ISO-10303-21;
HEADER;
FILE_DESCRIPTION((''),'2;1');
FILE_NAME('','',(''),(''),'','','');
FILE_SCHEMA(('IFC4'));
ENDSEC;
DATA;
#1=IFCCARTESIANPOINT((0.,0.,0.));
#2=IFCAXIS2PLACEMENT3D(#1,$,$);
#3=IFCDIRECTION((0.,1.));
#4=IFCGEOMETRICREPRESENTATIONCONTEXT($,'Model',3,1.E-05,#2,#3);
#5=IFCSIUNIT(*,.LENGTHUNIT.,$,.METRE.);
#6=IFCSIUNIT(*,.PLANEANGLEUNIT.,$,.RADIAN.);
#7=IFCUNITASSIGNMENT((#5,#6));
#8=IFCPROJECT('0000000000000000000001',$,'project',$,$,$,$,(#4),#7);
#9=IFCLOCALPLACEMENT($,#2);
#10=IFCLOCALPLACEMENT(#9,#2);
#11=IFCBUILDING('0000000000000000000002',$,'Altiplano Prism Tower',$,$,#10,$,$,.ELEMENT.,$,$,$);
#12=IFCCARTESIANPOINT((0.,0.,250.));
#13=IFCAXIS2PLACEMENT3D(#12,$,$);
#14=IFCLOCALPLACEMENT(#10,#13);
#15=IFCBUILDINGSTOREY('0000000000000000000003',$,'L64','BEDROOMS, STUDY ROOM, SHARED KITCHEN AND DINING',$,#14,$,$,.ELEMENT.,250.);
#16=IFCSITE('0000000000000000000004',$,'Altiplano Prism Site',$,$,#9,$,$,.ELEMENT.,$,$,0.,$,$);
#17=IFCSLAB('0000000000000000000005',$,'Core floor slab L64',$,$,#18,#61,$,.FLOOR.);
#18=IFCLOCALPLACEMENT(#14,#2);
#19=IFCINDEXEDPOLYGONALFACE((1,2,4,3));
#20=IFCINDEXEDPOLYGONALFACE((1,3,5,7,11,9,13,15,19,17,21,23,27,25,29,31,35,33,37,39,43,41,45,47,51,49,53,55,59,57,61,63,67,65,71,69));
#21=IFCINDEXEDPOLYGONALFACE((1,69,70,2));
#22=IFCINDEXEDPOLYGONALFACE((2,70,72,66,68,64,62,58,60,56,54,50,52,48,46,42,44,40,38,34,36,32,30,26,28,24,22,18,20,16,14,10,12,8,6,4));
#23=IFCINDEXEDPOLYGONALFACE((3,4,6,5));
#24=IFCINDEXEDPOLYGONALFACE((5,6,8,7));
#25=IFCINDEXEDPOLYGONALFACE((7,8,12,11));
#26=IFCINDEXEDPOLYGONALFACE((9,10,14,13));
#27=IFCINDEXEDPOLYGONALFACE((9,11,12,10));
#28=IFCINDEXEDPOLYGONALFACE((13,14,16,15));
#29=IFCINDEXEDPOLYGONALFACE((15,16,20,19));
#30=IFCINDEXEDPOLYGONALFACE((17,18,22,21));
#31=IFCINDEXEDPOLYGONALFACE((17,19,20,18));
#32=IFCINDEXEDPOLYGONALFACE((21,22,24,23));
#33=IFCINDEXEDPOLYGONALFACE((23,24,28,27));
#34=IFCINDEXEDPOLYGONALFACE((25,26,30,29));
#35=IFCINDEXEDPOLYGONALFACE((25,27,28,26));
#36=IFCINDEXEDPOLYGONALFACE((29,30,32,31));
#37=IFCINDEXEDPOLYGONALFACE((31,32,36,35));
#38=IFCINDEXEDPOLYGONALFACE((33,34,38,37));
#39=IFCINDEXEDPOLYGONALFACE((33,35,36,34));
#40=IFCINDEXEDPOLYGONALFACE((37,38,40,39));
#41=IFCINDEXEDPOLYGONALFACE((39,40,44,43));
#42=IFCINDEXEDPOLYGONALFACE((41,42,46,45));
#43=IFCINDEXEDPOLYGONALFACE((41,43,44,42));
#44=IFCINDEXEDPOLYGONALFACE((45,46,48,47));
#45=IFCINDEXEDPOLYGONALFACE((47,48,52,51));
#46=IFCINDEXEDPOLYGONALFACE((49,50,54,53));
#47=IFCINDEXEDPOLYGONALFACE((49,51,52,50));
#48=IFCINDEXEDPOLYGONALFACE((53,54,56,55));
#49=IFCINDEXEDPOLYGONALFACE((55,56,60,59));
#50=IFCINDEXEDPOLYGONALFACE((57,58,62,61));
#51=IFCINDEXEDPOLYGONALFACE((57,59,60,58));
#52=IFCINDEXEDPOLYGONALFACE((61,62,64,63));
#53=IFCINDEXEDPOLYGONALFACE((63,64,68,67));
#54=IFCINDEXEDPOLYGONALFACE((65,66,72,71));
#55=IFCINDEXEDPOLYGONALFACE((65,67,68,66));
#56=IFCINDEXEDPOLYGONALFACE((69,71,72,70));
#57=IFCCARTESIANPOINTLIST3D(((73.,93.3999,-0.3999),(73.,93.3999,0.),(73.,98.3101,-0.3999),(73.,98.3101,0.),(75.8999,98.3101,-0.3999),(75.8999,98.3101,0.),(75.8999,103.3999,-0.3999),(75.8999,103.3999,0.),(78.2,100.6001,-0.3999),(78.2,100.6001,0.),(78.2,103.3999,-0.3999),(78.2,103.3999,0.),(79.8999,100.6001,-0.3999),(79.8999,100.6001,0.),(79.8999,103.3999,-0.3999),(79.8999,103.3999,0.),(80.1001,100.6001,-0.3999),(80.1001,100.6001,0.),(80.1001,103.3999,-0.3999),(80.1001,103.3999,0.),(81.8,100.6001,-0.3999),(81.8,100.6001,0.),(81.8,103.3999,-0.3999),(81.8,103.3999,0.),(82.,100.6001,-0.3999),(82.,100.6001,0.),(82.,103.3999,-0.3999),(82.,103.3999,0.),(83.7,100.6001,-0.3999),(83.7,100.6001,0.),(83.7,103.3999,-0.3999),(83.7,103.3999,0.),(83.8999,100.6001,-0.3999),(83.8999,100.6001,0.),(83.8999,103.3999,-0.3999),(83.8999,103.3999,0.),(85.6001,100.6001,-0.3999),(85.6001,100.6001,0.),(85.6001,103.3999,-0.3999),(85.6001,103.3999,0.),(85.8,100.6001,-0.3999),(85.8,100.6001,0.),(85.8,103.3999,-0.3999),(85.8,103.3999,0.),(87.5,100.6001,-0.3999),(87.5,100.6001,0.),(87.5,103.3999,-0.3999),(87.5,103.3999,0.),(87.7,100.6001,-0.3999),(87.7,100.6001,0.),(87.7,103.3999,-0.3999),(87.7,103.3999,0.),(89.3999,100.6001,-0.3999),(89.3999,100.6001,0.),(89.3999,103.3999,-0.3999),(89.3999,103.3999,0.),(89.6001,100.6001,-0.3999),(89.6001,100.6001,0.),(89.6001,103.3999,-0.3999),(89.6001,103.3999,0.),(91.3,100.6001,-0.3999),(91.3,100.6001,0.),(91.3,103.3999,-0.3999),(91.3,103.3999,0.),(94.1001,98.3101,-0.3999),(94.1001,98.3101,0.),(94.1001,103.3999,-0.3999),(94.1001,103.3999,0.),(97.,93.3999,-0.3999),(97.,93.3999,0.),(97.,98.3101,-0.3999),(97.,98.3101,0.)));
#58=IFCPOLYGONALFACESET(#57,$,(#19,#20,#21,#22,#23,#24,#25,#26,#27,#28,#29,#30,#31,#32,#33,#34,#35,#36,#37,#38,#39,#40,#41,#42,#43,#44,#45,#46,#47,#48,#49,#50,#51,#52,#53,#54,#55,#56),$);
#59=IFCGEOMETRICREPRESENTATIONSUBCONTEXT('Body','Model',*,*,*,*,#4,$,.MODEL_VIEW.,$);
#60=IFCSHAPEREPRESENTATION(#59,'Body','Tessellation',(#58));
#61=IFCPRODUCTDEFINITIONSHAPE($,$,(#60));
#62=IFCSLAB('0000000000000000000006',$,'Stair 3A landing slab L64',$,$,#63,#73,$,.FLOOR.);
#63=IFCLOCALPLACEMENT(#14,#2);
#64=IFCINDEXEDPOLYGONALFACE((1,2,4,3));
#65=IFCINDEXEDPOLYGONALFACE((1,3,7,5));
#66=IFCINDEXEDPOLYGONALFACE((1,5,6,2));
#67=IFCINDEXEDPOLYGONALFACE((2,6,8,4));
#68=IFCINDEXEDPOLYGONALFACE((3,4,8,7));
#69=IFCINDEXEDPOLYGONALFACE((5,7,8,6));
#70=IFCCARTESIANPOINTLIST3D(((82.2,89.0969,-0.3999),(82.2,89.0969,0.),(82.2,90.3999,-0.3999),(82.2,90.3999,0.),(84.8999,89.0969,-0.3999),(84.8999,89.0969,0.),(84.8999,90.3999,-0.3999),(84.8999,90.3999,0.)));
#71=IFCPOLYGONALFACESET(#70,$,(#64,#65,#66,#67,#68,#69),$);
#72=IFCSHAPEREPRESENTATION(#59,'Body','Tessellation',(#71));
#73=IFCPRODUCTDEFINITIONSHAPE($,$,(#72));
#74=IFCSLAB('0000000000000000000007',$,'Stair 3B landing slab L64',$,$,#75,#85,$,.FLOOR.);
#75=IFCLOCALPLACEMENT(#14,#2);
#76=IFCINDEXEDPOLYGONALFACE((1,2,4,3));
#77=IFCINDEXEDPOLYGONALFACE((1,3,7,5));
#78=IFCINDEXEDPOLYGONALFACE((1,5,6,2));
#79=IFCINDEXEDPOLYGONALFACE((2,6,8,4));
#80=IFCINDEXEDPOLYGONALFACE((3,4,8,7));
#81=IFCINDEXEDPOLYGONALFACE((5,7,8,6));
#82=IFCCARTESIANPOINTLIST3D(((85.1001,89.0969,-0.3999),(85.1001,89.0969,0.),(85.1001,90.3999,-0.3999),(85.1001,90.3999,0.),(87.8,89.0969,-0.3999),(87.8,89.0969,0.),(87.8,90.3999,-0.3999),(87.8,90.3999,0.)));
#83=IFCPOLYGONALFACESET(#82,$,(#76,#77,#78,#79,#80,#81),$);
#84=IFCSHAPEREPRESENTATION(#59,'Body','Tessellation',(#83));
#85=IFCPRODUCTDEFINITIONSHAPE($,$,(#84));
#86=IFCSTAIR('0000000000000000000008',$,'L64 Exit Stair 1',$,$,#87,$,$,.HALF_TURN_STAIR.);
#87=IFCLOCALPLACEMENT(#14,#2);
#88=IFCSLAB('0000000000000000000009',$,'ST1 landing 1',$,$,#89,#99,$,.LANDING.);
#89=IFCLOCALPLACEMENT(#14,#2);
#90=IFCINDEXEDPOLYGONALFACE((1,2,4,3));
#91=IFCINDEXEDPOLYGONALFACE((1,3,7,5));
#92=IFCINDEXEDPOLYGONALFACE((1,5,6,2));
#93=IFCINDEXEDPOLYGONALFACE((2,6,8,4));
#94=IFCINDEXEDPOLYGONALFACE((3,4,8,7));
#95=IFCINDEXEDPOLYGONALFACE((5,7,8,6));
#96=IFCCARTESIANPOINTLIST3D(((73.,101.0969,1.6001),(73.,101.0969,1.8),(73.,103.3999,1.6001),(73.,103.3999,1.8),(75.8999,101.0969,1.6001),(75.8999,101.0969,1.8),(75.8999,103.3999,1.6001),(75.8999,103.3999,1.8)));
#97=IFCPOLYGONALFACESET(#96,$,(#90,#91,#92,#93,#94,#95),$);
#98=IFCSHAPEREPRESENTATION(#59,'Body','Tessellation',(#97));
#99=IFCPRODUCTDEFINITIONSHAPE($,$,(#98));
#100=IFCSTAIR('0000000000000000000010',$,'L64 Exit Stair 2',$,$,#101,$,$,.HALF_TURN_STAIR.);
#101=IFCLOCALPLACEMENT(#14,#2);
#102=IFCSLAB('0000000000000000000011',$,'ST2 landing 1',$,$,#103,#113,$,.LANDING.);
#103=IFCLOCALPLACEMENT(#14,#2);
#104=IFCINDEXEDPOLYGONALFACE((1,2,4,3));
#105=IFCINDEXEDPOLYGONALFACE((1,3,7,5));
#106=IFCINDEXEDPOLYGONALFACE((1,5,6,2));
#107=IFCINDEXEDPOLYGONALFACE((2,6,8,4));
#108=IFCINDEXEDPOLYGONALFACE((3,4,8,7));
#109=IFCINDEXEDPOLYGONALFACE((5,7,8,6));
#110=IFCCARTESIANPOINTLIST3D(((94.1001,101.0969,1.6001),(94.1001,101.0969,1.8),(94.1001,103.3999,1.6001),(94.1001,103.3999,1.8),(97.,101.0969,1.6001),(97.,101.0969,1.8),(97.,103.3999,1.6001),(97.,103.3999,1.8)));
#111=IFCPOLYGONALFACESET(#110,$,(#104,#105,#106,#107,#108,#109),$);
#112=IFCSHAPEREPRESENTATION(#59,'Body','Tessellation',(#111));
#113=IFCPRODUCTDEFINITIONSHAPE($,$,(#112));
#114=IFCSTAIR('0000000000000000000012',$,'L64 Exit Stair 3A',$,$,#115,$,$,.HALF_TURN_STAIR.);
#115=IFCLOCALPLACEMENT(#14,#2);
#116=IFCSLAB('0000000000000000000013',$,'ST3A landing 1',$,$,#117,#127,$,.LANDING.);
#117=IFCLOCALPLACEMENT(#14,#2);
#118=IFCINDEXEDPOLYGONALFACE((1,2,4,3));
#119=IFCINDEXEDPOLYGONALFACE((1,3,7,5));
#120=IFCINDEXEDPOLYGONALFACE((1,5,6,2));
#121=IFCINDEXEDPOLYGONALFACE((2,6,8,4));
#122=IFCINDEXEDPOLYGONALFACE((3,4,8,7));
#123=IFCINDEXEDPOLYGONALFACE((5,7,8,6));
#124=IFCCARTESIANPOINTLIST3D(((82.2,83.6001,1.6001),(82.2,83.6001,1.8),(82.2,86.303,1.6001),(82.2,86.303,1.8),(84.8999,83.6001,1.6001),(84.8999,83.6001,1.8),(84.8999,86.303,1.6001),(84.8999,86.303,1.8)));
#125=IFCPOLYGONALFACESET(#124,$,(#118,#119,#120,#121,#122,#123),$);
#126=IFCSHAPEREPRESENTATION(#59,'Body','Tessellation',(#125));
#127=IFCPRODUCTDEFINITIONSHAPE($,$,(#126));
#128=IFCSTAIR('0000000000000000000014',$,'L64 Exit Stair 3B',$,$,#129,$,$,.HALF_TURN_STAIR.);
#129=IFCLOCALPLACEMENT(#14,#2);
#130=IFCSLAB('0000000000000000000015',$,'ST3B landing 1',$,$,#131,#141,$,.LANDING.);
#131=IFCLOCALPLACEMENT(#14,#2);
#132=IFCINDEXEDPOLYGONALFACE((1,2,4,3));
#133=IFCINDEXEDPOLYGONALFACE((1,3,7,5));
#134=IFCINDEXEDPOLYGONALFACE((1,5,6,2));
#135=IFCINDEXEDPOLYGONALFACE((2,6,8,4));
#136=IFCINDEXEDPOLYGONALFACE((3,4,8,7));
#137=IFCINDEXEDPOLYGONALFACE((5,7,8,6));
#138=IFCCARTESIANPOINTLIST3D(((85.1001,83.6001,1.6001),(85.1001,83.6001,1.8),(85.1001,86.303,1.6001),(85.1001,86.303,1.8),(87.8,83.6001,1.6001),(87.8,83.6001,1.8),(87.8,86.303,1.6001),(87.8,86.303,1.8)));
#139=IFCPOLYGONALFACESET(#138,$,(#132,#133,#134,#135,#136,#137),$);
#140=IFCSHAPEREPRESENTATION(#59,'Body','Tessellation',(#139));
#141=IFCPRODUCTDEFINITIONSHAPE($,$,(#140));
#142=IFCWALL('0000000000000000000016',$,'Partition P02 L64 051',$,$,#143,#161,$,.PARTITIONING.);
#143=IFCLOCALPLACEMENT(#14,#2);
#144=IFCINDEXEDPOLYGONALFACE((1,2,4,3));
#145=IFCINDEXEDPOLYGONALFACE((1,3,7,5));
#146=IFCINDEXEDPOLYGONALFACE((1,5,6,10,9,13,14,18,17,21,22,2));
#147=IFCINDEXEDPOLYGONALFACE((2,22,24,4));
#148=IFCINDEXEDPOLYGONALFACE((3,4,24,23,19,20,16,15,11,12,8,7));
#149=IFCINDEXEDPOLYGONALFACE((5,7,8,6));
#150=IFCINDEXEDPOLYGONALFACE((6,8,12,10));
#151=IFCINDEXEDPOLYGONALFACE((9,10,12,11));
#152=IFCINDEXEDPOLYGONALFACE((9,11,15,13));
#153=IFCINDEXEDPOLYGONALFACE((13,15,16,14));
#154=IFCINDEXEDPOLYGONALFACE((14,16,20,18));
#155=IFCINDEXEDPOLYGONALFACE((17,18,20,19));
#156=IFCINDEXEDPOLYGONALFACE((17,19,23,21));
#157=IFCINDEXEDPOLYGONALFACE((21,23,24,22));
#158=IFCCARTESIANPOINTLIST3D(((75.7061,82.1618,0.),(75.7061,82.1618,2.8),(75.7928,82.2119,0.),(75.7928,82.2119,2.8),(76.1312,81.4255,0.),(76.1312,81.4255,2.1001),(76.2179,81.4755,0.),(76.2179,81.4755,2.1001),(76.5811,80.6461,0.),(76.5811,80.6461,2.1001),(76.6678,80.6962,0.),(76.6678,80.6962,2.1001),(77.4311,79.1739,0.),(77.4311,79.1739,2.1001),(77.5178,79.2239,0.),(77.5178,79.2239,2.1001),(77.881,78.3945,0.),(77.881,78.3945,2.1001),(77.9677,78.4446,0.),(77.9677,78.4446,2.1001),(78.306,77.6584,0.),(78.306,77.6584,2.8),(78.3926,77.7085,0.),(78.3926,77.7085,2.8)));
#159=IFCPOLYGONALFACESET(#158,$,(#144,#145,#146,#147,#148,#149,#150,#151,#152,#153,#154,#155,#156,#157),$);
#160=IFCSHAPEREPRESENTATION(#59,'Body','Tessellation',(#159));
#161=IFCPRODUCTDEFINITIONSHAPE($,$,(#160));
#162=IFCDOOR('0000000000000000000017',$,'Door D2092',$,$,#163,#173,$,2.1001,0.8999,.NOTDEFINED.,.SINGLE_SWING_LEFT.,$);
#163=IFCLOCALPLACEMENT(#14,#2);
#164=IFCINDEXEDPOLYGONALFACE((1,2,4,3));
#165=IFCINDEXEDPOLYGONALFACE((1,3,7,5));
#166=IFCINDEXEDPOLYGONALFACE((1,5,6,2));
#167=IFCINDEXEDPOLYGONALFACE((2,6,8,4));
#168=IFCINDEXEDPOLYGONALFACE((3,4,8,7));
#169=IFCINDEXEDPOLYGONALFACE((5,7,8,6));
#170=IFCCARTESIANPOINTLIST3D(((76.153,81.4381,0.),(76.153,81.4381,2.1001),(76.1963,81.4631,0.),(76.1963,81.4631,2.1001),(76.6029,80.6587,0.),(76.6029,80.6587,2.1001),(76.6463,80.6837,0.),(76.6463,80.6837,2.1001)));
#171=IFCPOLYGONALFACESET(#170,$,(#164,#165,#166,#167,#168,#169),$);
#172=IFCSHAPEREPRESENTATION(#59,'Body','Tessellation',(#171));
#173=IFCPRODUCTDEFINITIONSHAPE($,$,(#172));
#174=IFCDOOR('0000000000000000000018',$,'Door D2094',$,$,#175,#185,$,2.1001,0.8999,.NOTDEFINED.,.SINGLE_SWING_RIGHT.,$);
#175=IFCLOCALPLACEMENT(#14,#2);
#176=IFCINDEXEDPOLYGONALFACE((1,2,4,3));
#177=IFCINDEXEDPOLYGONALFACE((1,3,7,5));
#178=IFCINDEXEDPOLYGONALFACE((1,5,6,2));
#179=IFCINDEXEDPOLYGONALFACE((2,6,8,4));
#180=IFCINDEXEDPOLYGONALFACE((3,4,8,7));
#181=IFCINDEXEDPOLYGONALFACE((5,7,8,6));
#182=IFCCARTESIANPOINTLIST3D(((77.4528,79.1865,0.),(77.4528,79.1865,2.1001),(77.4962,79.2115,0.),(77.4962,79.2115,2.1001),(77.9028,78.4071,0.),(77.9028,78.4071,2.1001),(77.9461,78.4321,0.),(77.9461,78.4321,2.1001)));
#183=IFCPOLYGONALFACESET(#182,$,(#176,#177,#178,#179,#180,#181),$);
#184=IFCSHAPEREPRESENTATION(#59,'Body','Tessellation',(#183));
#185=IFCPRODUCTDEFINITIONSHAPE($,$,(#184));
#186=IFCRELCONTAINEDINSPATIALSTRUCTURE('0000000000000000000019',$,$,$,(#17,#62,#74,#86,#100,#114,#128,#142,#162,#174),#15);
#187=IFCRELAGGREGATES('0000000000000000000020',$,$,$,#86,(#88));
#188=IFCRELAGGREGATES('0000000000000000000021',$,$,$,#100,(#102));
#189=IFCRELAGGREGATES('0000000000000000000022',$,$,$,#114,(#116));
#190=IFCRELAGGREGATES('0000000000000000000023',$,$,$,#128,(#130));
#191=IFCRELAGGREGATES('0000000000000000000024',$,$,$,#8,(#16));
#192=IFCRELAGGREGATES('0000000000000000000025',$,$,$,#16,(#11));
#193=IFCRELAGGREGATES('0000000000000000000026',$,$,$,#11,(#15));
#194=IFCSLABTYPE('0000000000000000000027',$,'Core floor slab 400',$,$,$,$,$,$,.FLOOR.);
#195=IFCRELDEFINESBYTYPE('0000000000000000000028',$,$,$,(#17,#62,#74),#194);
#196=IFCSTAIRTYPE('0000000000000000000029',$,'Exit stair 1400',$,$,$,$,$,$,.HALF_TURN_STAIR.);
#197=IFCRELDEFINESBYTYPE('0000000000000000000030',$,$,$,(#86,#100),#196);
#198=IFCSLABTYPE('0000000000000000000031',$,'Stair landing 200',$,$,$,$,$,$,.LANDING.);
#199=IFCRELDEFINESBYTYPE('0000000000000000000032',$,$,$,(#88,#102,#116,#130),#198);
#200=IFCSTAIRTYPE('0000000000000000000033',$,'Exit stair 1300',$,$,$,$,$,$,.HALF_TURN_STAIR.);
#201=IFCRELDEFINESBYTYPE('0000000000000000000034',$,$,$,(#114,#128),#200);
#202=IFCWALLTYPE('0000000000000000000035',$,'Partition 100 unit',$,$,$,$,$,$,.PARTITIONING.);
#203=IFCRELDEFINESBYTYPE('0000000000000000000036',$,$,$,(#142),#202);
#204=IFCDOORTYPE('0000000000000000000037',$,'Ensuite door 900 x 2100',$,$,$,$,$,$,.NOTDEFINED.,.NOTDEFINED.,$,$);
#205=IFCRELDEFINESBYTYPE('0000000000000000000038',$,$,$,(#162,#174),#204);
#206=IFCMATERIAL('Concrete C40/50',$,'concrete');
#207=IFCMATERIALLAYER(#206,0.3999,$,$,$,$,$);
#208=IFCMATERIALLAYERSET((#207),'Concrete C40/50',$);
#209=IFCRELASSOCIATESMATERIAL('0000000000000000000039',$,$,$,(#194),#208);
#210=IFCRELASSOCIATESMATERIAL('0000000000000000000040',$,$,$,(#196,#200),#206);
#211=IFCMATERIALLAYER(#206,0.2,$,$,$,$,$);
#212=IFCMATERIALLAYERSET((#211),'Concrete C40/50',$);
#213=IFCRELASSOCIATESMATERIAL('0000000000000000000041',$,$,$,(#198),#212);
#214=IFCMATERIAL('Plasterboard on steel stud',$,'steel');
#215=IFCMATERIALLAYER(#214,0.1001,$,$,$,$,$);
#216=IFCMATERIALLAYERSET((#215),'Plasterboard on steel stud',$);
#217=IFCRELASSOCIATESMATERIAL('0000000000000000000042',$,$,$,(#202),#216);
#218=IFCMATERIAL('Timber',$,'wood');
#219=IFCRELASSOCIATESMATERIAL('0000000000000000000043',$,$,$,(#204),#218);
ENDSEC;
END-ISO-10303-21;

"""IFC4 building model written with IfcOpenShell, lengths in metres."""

from ifc_helpers import new_model, si_unit, direction, frame, frame_2d, origin, place, context, subcontext, project, spatial, polyline, rectangle, outline, extrude, material, layer, layer_set, type_object, element, fill, aggregate, save


model = new_model("IFC4")

# Units and contexts
model_context = context("Model", 3, precision=1e-05, world=origin(), true_north=direction((0.0, 1.0)))
body_context = subcontext(model_context, "Body", "Model", "MODEL_VIEW")
ifc_project = project(units=[si_unit("LENGTHUNIT", "METRE"), si_unit("PLANEANGLEUNIT", "RADIAN")], contexts=[model_context])

# Site, building, storey
site_placement = place(None, origin())
site = spatial("IfcSite", under=ifc_project, at=site_placement, Name="Altiplano Prism Site", CompositionType="ELEMENT", RefElevation=0.0)
building_placement = place(site_placement, origin())
building = spatial("IfcBuilding", under=site, at=building_placement, Name="Altiplano Prism Tower", CompositionType="ELEMENT")
storey_placement = place(building_placement, frame((0.0, 0.0, 250.0)))
storey = spatial("IfcBuildingStorey", under=building, at=storey_placement, Name="L64", Description="BEDROOMS, STUDY ROOM, SHARED KITCHEN AND DINING", CompositionType="ELEMENT", Elevation=250.0)

# Slabs
ifc_material_1 = material(Name="Concrete C40/50", Category="concrete")
ifc_layer_1 = layer(ifc_material_1, 0.3999)
ifc_layer_set_1 = layer_set([ifc_layer_1], Name="Concrete C40/50")
slab_type_1 = type_object("IfcSlabType", Name="Core floor slab 400", PredefinedType="FLOOR", material=ifc_layer_set_1)
slab_1_placement = place(storey_placement, frame((0.0, 0.0, -0.3999)))
element("IfcSlab", 1, at=slab_1_placement, inside=storey, type_object=slab_type_1, Name="Core floor slab L64", PredefinedType="FLOOR", context=body_context, shape_type="SweptSolid", body=[
    extrude(outline(polyline([(97.0, 98.3101), (94.1001, 98.3101), (94.1001, 103.3999), (91.3, 103.3999), (91.3, 100.6001), (89.6001, 100.6001), (89.6001, 103.3999), (89.3999, 103.3999), (89.3999, 100.6001), (87.7, 100.6001), (87.7, 103.3999), (87.5, 103.3999), (87.5, 100.6001), (85.8, 100.6001), (85.8, 103.3999), (85.6001, 103.3999), (85.6001, 100.6001), (83.8999, 100.6001), (83.8999, 103.3999), (83.7, 103.3999), (83.7, 100.6001), (82.0, 100.6001), (82.0, 103.3999), (81.8, 103.3999), (81.8, 100.6001), (80.1001, 100.6001), (80.1001, 103.3999), (79.8999, 103.3999), (79.8999, 100.6001), (78.2, 100.6001), (78.2, 103.3999), (75.8999, 103.3999), (75.8999, 98.3101), (73.0, 98.3101), (73.0, 93.3999), (97.0, 93.3999), (97.0, 98.3101)])), origin(), (0.0, 0.0, 1.0), 0.3999),
])
slab_2_placement = place(storey_placement, frame((0.0, 0.0, -0.3999)))
element("IfcSlab", 2, at=slab_2_placement, inside=storey, type_object=slab_type_1, Name="Stair 3A landing slab L64", PredefinedType="FLOOR", context=body_context, shape_type="SweptSolid", body=[
    extrude(outline(polyline([(82.2, 89.0969), (84.8999, 89.0969), (84.8999, 90.3999), (82.2, 90.3999), (82.2, 89.0969)])), origin(), (0.0, 0.0, 1.0), 0.3999),
])
slab_3_placement = place(storey_placement, frame((0.0, 0.0, -0.3999)))
element("IfcSlab", 3, at=slab_3_placement, inside=storey, type_object=slab_type_1, Name="Stair 3B landing slab L64", PredefinedType="FLOOR", context=body_context, shape_type="SweptSolid", body=[
    extrude(outline(polyline([(85.1001, 89.0969), (87.8, 89.0969), (87.8, 90.3999), (85.1001, 90.3999), (85.1001, 89.0969)])), origin(), (0.0, 0.0, 1.0), 0.3999),
])

# Stairs, slabs
stair_type_1 = type_object("IfcStairType", Name="Exit stair 1400", PredefinedType="HALF_TURN_STAIR", material=ifc_material_1)
stair_1_placement = place(storey_placement, origin())
stair_1 = element("IfcStair", 4, at=stair_1_placement, inside=storey, type_object=stair_type_1, Name="L64 Exit Stair 1", PredefinedType="HALF_TURN_STAIR")
ifc_layer_2 = layer(ifc_material_1, 0.2)
ifc_layer_set_2 = layer_set([ifc_layer_2], Name="Concrete C40/50")
slab_type_2 = type_object("IfcSlabType", Name="Stair landing 200", PredefinedType="LANDING", material=ifc_layer_set_2)
slab_4_placement = place(storey_placement, frame((0.0, 0.0, 1.6001)))
slab_4 = element("IfcSlab", 5, at=slab_4_placement, type_object=slab_type_2, Name="ST1 landing 1", PredefinedType="LANDING", context=body_context, shape_type="SweptSolid", body=[
    extrude(outline(polyline([(75.8999, 101.0969), (75.8999, 103.3999), (73.0, 103.3999), (73.0, 101.0969), (75.8999, 101.0969)])), origin(), (0.0, 0.0, 1.0), 0.2),
])
aggregate(stair_1, [slab_4])
stair_2_placement = place(storey_placement, origin())
stair_2 = element("IfcStair", 6, at=stair_2_placement, inside=storey, type_object=stair_type_1, Name="L64 Exit Stair 2", PredefinedType="HALF_TURN_STAIR")
slab_5_placement = place(storey_placement, frame((0.0, 0.0, 1.6001)))
slab_5 = element("IfcSlab", 7, at=slab_5_placement, type_object=slab_type_2, Name="ST2 landing 1", PredefinedType="LANDING", context=body_context, shape_type="SweptSolid", body=[
    extrude(outline(polyline([(97.0, 101.0969), (97.0, 103.3999), (94.1001, 103.3999), (94.1001, 101.0969), (97.0, 101.0969)])), origin(), (0.0, 0.0, 1.0), 0.2),
])
aggregate(stair_2, [slab_5])
stair_type_2 = type_object("IfcStairType", Name="Exit stair 1300", PredefinedType="HALF_TURN_STAIR", material=ifc_material_1)
stair_3_placement = place(storey_placement, origin())
stair_3 = element("IfcStair", 8, at=stair_3_placement, inside=storey, type_object=stair_type_2, Name="L64 Exit Stair 3A", PredefinedType="HALF_TURN_STAIR")
slab_6_placement = place(storey_placement, frame((0.0, 0.0, 1.6001)))
slab_6 = element("IfcSlab", 9, at=slab_6_placement, type_object=slab_type_2, Name="ST3A landing 1", PredefinedType="LANDING", context=body_context, shape_type="SweptSolid", body=[
    extrude(outline(polyline([(82.2, 86.303), (82.2, 83.6001), (84.8999, 83.6001), (84.8999, 86.303), (82.2, 86.303)])), origin(), (0.0, 0.0, 1.0), 0.2),
])
aggregate(stair_3, [slab_6])
stair_4_placement = place(storey_placement, origin())
stair_4 = element("IfcStair", 10, at=stair_4_placement, inside=storey, type_object=stair_type_2, Name="L64 Exit Stair 3B", PredefinedType="HALF_TURN_STAIR")
slab_7_placement = place(storey_placement, frame((0.0, 0.0, 1.6001)))
slab_7 = element("IfcSlab", 11, at=slab_7_placement, type_object=slab_type_2, Name="ST3B landing 1", PredefinedType="LANDING", context=body_context, shape_type="SweptSolid", body=[
    extrude(outline(polyline([(85.1001, 86.303), (85.1001, 83.6001), (87.8, 83.6001), (87.8, 86.303), (85.1001, 86.303)])), origin(), (0.0, 0.0, 1.0), 0.2),
])
aggregate(stair_4, [slab_7])

# Wall, openings, doors
ifc_material_2 = material(Name="Plasterboard on steel stud", Category="steel")
ifc_layer_3 = layer(ifc_material_2, 0.1001)
ifc_layer_set_3 = layer_set([ifc_layer_3], Name="Plasterboard on steel stud")
wall_type_1 = type_object("IfcWallType", Name="Partition 100 unit", PredefinedType="PARTITIONING", material=ifc_layer_set_3)
wall_1_placement = place(storey_placement, frame((78.3494, 77.6833, 0.0), z_axis=(0.0, 0.0, 1.0), x_axis=(-0.499972, 0.866042, 0.0)))
wall_1 = element("IfcWall", 12, at=wall_1_placement, inside=storey, type_object=wall_type_1, Name="Partition P02 L64 051", PredefinedType="PARTITIONING", context=body_context, shape_type="SweptSolid", body=[
    extrude(rectangle(XDim=5.2, YDim=0.1001, at=frame_2d((2.6001, 0.0))), origin(), (0.0, 0.0, 1.0), 2.8),
])
opening_1_placement = place(wall_1_placement, frame((3.45, 0.0, 0.0)))
opening_1 = element("IfcOpeningElement", 13, at=opening_1_placement, cuts=wall_1, PredefinedType="OPENING", context=body_context, shape_type="SweptSolid", body=[
    extrude(rectangle(XDim=0.8999, YDim=2.1001, at=frame_2d((0.45, 1.05))), frame((0.0, 0.0605, 0.0), z_axis=(0.0, -1.0, 0.0), x_axis=(1.0, 0.0, 0.0)), (0.0, 0.0, 1.0), 0.1211),
])
opening_2_placement = place(wall_1_placement, frame((0.8501, 0.0, 0.0)))
opening_2 = element("IfcOpeningElement", 14, at=opening_2_placement, cuts=wall_1, PredefinedType="OPENING", context=body_context, shape_type="SweptSolid", body=[
    extrude(rectangle(XDim=0.8999, YDim=2.1001, at=frame_2d((0.45, 1.05))), frame((0.0, 0.0605, 0.0), z_axis=(0.0, -1.0, 0.0), x_axis=(1.0, 0.0, 0.0)), (0.0, 0.0, 1.0), 0.1211),
])
ifc_material_3 = material(Name="Timber", Category="wood")
door_type = type_object("IfcDoorType", Name="Ensuite door 900 x 2100", OperationType="NOTDEFINED", PredefinedType="NOTDEFINED", material=ifc_material_3)
door_1_placement = place(opening_1_placement, origin())
door_1 = element("IfcDoor", 15, at=door_1_placement, inside=storey, type_object=door_type, Name="Door D2092", OperationType="SINGLE_SWING_LEFT", OverallHeight=2.1001, OverallWidth=0.8999, PredefinedType="NOTDEFINED", context=body_context, shape_type="SweptSolid", body=[
    extrude(rectangle(XDim=0.8999, YDim=2.1001, at=frame_2d((0.45, 1.05))), frame((0.0, 0.0249, 0.0), z_axis=(0.0, -1.0, 0.0), x_axis=(1.0, 0.0, 0.0)), (0.0, 0.0, 1.0), 0.05),
])
fill(opening_1, door_1)
door_2_placement = place(opening_2_placement, origin())
door_2 = element("IfcDoor", 16, at=door_2_placement, inside=storey, type_object=door_type, Name="Door D2094", OperationType="SINGLE_SWING_RIGHT", OverallHeight=2.1001, OverallWidth=0.8999, PredefinedType="NOTDEFINED", context=body_context, shape_type="SweptSolid", body=[
    extrude(rectangle(XDim=0.8999, YDim=2.1001, at=frame_2d((0.45, 1.05))), frame((0.0, 0.0249, 0.0), z_axis=(0.0, -1.0, 0.0), x_axis=(1.0, 0.0, 0.0)), (0.0, 0.0, 1.0), 0.05),
])
fill(opening_2, door_2)

save(model, "model.ifc")
